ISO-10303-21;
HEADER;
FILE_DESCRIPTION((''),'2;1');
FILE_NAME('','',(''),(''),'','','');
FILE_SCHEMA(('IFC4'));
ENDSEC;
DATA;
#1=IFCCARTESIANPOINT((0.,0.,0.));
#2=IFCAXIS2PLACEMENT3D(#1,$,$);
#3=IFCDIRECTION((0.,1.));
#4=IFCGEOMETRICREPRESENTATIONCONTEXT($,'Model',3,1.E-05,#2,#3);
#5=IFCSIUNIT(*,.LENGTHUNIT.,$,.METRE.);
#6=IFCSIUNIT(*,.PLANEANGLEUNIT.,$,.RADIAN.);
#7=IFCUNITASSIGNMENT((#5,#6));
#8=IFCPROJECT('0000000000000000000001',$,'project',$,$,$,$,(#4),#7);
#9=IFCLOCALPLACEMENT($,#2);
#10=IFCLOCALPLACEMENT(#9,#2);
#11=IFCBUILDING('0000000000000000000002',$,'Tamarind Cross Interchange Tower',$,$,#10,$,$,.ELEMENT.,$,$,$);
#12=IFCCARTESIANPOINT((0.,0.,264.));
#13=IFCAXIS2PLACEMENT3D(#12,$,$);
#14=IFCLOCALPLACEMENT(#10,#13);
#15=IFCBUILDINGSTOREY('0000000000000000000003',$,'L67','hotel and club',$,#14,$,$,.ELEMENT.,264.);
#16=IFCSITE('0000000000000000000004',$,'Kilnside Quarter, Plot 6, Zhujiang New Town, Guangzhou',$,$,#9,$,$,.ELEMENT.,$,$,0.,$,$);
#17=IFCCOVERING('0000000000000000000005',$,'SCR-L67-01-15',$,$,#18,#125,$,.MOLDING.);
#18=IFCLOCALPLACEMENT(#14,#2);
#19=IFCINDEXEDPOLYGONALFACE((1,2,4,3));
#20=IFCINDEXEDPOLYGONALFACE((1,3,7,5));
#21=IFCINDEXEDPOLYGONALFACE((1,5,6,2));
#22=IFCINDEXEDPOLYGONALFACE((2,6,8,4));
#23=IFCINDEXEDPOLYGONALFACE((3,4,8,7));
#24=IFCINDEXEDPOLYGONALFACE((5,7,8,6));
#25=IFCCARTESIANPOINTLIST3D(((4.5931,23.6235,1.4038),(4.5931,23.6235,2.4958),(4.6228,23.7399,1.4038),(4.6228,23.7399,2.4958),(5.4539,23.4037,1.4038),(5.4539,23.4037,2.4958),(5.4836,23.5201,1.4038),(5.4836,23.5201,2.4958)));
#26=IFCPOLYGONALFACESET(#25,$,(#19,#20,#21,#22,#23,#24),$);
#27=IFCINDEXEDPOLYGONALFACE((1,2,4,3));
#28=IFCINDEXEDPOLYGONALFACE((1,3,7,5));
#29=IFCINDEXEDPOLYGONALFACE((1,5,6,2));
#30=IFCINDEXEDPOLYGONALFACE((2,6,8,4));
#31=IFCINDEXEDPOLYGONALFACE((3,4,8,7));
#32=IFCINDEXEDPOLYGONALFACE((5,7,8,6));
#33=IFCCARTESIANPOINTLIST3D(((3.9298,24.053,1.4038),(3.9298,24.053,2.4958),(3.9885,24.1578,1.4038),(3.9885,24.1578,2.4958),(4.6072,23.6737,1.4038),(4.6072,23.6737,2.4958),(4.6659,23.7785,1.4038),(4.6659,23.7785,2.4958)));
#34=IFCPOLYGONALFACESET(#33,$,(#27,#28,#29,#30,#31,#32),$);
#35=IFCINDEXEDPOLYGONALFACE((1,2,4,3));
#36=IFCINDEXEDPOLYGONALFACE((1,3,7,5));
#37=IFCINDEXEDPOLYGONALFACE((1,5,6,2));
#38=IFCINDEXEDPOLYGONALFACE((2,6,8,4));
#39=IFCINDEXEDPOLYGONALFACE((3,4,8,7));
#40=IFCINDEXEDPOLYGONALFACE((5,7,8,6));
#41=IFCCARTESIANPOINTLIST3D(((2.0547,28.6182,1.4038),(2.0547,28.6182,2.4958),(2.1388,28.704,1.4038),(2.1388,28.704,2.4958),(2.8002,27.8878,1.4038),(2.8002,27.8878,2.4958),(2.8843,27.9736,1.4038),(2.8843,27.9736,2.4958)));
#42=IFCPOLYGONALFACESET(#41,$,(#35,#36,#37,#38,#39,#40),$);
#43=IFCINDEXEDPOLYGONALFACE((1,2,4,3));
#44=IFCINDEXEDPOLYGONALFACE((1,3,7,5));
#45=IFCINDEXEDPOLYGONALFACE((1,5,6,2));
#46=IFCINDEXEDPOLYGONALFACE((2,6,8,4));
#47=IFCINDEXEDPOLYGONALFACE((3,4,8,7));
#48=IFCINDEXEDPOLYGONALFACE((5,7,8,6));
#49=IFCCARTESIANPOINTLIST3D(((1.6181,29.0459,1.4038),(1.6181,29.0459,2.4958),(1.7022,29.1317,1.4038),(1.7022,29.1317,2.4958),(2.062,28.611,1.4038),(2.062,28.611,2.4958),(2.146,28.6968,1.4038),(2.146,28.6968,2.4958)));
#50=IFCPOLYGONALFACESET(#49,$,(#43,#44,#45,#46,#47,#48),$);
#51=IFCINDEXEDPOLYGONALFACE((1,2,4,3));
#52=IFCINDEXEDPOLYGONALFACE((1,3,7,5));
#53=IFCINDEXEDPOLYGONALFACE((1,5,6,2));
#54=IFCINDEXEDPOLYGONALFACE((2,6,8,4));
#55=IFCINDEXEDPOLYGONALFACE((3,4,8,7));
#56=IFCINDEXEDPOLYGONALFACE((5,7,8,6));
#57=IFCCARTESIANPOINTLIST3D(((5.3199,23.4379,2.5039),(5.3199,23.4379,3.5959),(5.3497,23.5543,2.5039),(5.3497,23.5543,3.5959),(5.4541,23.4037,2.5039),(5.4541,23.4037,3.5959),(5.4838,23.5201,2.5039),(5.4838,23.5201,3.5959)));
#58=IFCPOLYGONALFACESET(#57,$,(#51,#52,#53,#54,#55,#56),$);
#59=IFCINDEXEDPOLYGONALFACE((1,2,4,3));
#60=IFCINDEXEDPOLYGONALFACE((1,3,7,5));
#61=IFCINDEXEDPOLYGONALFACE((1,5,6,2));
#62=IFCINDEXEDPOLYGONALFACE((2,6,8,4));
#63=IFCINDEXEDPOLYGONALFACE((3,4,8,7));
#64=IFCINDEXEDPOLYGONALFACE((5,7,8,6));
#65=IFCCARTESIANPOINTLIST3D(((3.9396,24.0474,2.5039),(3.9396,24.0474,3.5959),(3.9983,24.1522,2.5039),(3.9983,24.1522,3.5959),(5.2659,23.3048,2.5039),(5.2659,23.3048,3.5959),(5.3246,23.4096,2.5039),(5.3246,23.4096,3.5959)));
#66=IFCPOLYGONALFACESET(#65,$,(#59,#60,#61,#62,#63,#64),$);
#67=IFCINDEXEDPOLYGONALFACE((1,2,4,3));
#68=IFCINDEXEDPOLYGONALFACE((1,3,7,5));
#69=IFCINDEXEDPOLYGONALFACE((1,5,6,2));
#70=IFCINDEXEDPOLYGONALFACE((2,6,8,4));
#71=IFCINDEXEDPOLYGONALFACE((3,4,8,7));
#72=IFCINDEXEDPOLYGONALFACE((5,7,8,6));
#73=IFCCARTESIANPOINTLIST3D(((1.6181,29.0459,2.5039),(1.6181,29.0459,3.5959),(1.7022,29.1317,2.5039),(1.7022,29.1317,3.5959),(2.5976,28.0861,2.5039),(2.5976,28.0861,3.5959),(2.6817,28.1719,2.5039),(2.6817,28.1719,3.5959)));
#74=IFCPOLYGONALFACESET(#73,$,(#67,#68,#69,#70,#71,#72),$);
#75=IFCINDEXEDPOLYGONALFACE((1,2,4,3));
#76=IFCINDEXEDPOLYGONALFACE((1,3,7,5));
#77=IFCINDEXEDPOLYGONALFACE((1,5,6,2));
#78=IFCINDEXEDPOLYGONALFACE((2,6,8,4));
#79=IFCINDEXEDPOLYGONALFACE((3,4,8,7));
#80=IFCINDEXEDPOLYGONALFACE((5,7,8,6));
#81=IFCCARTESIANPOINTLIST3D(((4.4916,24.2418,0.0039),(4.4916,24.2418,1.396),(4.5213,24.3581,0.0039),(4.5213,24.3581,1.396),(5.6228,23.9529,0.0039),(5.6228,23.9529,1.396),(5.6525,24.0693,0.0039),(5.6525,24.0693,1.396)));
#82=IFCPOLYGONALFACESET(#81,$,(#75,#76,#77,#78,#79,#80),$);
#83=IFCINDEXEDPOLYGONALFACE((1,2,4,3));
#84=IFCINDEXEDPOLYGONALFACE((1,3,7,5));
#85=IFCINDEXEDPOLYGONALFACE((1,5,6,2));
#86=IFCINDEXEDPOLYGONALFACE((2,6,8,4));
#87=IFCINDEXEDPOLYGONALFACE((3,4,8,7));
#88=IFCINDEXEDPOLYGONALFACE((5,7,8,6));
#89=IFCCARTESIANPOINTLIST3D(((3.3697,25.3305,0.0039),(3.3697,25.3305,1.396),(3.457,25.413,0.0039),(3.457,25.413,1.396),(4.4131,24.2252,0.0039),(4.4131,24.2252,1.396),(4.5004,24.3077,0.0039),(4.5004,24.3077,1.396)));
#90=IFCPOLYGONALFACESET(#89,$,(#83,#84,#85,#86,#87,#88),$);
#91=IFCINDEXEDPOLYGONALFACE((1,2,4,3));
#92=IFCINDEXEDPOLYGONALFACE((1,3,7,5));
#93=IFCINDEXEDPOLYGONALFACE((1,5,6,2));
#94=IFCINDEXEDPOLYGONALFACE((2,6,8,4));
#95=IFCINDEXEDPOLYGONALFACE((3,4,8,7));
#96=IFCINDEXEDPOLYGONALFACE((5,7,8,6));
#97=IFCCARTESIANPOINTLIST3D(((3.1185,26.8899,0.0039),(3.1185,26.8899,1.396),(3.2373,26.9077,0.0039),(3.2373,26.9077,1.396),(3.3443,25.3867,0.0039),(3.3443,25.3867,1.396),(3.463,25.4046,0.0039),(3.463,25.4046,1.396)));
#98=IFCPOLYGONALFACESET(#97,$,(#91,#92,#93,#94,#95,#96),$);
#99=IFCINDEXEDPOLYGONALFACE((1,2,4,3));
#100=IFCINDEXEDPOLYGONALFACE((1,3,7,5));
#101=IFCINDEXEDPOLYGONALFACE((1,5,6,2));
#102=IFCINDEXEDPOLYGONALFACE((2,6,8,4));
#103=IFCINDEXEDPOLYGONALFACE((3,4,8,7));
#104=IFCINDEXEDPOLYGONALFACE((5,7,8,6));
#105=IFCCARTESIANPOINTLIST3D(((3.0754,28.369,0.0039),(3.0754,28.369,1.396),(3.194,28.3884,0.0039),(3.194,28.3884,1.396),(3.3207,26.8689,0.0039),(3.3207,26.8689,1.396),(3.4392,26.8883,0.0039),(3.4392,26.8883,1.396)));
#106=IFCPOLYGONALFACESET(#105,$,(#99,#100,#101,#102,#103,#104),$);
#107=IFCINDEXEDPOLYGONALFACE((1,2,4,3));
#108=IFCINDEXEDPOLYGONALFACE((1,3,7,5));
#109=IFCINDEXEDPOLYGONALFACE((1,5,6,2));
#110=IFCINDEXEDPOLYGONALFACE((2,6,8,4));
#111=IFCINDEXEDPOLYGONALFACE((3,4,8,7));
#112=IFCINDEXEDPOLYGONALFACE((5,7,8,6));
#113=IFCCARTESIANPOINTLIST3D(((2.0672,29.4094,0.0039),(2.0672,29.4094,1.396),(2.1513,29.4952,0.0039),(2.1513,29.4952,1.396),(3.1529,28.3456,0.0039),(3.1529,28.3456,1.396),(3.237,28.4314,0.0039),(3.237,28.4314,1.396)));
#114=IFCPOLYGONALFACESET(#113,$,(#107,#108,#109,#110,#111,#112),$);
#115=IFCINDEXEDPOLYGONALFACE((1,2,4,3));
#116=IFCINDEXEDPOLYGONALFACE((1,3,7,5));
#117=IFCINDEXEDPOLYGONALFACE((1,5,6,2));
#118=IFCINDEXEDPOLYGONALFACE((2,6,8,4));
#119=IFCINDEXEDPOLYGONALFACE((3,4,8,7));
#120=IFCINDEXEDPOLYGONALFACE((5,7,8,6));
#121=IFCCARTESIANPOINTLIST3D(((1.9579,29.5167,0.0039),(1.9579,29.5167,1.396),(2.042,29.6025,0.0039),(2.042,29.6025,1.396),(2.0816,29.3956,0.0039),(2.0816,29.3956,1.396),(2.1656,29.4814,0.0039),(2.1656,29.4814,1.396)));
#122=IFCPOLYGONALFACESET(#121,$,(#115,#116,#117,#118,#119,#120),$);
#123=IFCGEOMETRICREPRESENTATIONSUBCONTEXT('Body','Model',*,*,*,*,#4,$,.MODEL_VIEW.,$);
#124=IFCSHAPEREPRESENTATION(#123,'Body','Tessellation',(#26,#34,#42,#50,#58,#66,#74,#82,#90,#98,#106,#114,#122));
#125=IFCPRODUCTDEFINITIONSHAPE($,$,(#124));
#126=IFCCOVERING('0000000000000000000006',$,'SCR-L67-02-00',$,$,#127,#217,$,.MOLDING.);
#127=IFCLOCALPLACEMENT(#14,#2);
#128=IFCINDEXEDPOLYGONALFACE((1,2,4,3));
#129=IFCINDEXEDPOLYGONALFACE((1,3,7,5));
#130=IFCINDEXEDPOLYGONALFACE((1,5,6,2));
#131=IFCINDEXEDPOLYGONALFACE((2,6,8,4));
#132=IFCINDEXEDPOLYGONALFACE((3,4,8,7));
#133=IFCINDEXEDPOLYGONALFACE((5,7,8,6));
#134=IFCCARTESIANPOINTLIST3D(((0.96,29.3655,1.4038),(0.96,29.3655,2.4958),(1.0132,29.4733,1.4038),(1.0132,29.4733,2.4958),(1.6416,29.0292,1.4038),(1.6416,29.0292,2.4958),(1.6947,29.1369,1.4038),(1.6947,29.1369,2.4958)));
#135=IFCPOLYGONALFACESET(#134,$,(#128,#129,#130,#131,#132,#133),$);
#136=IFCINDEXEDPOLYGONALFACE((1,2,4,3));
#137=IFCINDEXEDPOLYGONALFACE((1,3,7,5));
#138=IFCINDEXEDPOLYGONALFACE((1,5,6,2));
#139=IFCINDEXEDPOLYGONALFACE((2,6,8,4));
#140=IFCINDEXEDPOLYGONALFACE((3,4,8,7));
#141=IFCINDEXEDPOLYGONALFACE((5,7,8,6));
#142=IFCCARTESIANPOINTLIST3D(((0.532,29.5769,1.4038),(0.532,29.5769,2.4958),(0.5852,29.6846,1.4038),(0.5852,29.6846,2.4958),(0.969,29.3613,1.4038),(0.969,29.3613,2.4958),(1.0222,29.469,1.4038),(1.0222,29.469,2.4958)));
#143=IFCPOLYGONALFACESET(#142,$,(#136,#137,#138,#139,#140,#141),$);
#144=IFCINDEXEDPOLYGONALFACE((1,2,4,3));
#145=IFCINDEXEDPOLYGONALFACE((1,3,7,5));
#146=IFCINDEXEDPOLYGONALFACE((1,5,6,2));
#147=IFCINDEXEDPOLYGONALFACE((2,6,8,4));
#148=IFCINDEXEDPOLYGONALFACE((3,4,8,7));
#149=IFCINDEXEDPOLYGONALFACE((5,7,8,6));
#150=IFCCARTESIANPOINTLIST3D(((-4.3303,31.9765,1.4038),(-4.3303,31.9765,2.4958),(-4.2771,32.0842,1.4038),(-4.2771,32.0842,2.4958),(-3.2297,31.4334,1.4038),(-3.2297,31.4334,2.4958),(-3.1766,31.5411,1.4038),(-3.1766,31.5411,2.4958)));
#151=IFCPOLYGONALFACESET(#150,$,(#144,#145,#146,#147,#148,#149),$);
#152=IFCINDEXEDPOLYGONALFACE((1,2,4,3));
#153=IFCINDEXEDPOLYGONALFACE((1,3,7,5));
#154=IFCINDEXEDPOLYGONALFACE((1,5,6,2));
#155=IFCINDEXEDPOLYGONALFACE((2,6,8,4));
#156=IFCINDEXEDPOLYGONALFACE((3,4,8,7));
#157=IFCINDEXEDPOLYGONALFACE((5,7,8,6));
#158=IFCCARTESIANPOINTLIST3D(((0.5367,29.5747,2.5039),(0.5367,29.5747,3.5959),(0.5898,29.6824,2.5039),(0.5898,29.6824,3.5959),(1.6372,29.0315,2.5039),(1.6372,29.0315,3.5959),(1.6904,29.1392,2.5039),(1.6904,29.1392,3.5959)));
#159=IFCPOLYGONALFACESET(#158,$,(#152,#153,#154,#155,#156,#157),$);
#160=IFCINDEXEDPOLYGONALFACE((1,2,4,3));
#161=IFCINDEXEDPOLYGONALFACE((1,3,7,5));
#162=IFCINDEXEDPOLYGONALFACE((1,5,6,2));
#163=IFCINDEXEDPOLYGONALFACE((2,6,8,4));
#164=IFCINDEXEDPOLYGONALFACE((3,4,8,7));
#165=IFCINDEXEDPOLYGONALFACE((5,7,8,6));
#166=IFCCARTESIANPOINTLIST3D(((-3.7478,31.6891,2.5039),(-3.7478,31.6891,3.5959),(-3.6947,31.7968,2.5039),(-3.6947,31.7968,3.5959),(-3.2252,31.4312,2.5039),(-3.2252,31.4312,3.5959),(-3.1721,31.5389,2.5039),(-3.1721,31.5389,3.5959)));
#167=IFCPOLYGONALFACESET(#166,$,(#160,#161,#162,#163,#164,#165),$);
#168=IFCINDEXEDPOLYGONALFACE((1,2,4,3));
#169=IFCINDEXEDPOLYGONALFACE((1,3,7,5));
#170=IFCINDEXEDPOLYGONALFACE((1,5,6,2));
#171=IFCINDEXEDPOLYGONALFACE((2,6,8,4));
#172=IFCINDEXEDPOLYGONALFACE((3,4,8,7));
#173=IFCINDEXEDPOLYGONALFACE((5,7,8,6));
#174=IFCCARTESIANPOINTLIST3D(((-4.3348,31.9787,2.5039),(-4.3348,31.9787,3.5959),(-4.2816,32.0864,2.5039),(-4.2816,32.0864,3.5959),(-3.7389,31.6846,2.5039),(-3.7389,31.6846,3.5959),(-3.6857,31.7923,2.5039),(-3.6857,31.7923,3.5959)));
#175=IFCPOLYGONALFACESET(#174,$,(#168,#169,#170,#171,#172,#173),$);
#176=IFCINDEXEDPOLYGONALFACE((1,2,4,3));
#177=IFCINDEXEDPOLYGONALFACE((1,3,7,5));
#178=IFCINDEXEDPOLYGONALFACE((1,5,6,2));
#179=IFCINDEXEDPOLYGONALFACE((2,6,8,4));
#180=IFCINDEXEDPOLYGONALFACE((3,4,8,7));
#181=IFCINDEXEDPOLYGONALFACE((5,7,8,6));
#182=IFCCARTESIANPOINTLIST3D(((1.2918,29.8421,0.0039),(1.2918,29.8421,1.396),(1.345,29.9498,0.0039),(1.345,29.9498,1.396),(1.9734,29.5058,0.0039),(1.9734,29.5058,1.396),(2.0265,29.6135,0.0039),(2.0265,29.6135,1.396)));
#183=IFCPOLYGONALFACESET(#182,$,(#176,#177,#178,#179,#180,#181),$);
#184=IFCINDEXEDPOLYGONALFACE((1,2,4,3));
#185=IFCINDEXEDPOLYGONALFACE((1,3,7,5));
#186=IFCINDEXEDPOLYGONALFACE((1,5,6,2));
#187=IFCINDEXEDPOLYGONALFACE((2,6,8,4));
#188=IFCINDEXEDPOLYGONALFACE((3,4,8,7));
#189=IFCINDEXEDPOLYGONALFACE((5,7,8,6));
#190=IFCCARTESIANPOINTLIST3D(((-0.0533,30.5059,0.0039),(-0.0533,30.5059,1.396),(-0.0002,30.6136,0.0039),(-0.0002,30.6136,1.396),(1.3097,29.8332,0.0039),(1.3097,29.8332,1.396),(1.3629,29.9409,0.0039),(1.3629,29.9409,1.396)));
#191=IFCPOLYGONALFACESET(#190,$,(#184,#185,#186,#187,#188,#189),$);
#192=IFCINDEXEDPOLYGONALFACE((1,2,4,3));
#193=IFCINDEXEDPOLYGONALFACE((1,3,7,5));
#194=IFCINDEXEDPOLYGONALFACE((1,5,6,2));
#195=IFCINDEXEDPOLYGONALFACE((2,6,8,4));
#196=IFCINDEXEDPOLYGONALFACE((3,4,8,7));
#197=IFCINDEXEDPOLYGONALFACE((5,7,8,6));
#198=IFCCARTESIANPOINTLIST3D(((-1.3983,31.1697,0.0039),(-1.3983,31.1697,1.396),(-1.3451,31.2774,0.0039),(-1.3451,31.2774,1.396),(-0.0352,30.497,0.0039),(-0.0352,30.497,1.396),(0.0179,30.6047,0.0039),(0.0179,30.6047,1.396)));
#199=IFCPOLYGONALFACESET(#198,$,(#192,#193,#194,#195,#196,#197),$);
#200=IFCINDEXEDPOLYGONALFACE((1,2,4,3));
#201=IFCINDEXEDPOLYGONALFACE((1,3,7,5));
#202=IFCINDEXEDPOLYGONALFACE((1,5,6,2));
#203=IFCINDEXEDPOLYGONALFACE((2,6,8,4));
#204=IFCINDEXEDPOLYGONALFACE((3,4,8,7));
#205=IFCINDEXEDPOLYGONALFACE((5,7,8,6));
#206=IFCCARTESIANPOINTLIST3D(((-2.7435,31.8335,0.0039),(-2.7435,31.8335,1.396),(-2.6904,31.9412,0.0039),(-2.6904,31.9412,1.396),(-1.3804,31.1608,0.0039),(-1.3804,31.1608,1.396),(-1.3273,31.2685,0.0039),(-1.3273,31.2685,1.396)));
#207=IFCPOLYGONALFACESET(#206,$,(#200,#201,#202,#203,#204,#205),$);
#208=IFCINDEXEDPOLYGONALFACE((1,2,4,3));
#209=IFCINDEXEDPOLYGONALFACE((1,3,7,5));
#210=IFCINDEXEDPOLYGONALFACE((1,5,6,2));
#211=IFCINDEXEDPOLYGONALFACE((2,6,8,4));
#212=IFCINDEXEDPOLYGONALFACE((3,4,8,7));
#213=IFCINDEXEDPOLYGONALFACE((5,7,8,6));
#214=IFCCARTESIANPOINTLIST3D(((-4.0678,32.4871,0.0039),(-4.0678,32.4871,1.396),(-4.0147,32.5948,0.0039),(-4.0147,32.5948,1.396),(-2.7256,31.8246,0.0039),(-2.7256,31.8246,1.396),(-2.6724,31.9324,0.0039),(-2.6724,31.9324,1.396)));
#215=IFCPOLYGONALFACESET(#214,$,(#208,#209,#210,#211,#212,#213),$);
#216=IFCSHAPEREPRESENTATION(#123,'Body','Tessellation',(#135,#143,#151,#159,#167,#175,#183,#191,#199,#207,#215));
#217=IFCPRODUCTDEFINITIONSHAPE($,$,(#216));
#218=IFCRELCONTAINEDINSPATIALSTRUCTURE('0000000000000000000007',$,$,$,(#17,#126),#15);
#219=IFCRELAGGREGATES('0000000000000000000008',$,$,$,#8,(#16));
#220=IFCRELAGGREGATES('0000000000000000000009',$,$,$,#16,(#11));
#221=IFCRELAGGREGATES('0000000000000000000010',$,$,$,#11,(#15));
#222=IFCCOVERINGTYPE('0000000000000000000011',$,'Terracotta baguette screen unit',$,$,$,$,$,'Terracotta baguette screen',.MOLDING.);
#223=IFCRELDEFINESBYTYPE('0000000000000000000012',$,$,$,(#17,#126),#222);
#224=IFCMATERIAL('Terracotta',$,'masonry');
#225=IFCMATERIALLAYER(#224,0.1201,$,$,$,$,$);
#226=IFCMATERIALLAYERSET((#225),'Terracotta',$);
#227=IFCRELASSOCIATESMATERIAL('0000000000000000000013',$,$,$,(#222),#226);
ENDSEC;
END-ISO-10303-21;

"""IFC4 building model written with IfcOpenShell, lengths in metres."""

from ifc_helpers import new_model, si_unit, direction, frame, origin, origin_2d, place, context, subcontext, project, spatial, rectangle, extrude, material, layer, layer_set, type_object, element, save


model = new_model("IFC4")

# Units and contexts
model_context = context("Model", 3, precision=1e-05, world=origin(), true_north=direction((0.0, 1.0)))
body_context = subcontext(model_context, "Body", "Model", "MODEL_VIEW")
ifc_project = project(units=[si_unit("LENGTHUNIT", "METRE"), si_unit("PLANEANGLEUNIT", "RADIAN")], contexts=[model_context])

# Site, building, storey
site_placement = place(None, origin())
site = spatial("IfcSite", under=ifc_project, at=site_placement, Name="Kilnside Quarter, Plot 6, Zhujiang New Town, Guangzhou", CompositionType="ELEMENT", RefElevation=0.0)
building_placement = place(site_placement, origin())
building = spatial("IfcBuilding", under=site, at=building_placement, Name="Tamarind Cross Interchange Tower", CompositionType="ELEMENT")
storey_placement = place(building_placement, frame((0.0, 0.0, 264.0)))
storey = spatial("IfcBuildingStorey", under=building, at=storey_placement, Name="L67", Description="hotel and club", CompositionType="ELEMENT", Elevation=264.0)

# Coverings
ifc_material_1 = material(Name="Terracotta", Category="masonry")
ifc_layer_1 = layer(ifc_material_1, 0.1201)
ifc_layer_set_1 = layer_set([ifc_layer_1], Name="Terracotta")
covering_type = type_object("IfcCoveringType", Name="Terracotta baguette screen unit", ElementType="Terracotta baguette screen", PredefinedType="MOLDING", material=ifc_layer_set_1)
covering_1_placement = place(storey_placement, origin())
element("IfcCovering", 1, at=covering_1_placement, inside=storey, type_object=covering_type, Name="SCR-L67-01-15", PredefinedType="MOLDING", context=body_context, shape_type="SweptSolid", body=[
    extrude(rectangle(XDim=0.8884, YDim=0.1201, at=origin_2d()), frame((5.0383, 23.5718, 1.4038), z_axis=(0.0, 0.0, 1.0), x_axis=(-0.968905, 0.247431, 0.0)), (0.0, 0.0, 1.0), 1.092),
    extrude(rectangle(XDim=0.7764, YDim=0.1201, at=origin_2d()), frame((4.2979, 23.9158, 1.4038), z_axis=(0.0, 0.0, 1.0), x_axis=(-0.872528, 0.488565, 0.0)), (0.0, 0.0, 1.0), 1.092),
    extrude(rectangle(XDim=1.0437, YDim=0.1201, at=origin_2d()), frame((2.4695, 28.2959, 1.4038), z_axis=(0.0, 0.0, 1.0), x_axis=(-0.714275, 0.699865, 0.0)), (0.0, 0.0, 1.0), 1.092),
    extrude(rectangle(XDim=0.6213, YDim=0.1201, at=origin_2d()), frame((1.8821, 28.8713, 1.4038), z_axis=(0.0, 0.0, 1.0), x_axis=(-0.714275, 0.699865, 0.0)), (0.0, 0.0, 1.0), 1.092),
    extrude(rectangle(XDim=0.1384, YDim=0.1201, at=origin_2d()), frame((5.4019, 23.479, 2.5039), z_axis=(0.0, 0.0, 1.0), x_axis=(-0.968905, 0.247431, 0.0)), (0.0, 0.0, 1.0), 1.092),
    extrude(rectangle(XDim=1.52, YDim=0.1201, at=origin_2d()), frame((4.6321, 23.7285, 2.5039), z_axis=(0.0, 0.0, 1.0), x_axis=(-0.872528, 0.488565, 0.0)), (0.0, 0.0, 1.0), 1.092),
    extrude(rectangle(XDim=1.3713, YDim=0.1201, at=origin_2d()), frame((2.1499, 28.6089, 2.5039), z_axis=(0.0, 0.0, 1.0), x_axis=(-0.714275, 0.699865, 0.0)), (0.0, 0.0, 1.0), 1.092),
    extrude(rectangle(XDim=1.1675, YDim=0.1201, at=origin_2d()), frame((5.072, 24.1555, 0.0039), z_axis=(0.0, 0.0, 1.0), x_axis=(-0.968905, 0.247431, 0.0)), (0.0, 0.0, 1.0), 1.3921),
    extrude(rectangle(XDim=1.52, YDim=0.1201, at=origin_2d()), frame((3.9351, 24.8191, 0.0039), z_axis=(0.0, 0.0, 1.0), x_axis=(-0.686447, 0.72718, 0.0)), (0.0, 0.0, 1.0), 1.3921),
    extrude(rectangle(XDim=1.52, YDim=0.1201, at=origin_2d()), frame((3.2908, 26.1472, 0.0039), z_axis=(0.0, 0.0, 1.0), x_axis=(-0.14852, 0.988909, 0.0)), (0.0, 0.0, 1.0), 1.3921),
    extrude(rectangle(XDim=1.52, YDim=0.1201, at=origin_2d()), frame((3.2573, 27.6287, 0.0039), z_axis=(0.0, 0.0, 1.0), x_axis=(-0.161362, 0.986895, 0.0)), (0.0, 0.0, 1.0), 1.3921),
    extrude(rectangle(XDim=1.52, YDim=0.1201, at=origin_2d()), frame((2.6521, 28.9204, 0.0039), z_axis=(0.0, 0.0, 1.0), x_axis=(-0.714275, 0.699865, 0.0)), (0.0, 0.0, 1.0), 1.3921),
    extrude(rectangle(XDim=0.1731, YDim=0.1201, at=origin_2d()), frame((2.0618, 29.499, 0.0039), z_axis=(0.0, 0.0, 1.0), x_axis=(-0.714275, 0.699865, 0.0)), (0.0, 0.0, 1.0), 1.3921),
])
covering_2_placement = place(storey_placement, origin())
element("IfcCovering", 2, at=covering_2_placement, inside=storey, type_object=covering_type, Name="SCR-L67-02-00", PredefinedType="MOLDING", context=body_context, shape_type="SweptSolid", body=[
    extrude(rectangle(XDim=0.76, YDim=0.1201, at=origin_2d()), frame((1.3274, 29.2512, 1.4038), z_axis=(0.0, 0.0, 1.0), x_axis=(-0.89674, 0.442558, 0.0)), (0.0, 0.0, 1.0), 1.092),
    extrude(rectangle(XDim=0.4873, YDim=0.1201, at=origin_2d()), frame((0.7771, 29.5229, 1.4038), z_axis=(0.0, 0.0, 1.0), x_axis=(-0.89674, 0.442558, 0.0)), (0.0, 0.0, 1.0), 1.092),
    extrude(rectangle(XDim=1.2273, YDim=0.1201, at=origin_2d()), frame((-3.7534, 31.7588, 1.4038), z_axis=(0.0, 0.0, 1.0), x_axis=(-0.89674, 0.442558, 0.0)), (0.0, 0.0, 1.0), 1.092),
    extrude(rectangle(XDim=1.2273, YDim=0.1201, at=origin_2d()), frame((1.1135, 29.3569, 2.5039), z_axis=(0.0, 0.0, 1.0), x_axis=(-0.89674, 0.442558, 0.0)), (0.0, 0.0, 1.0), 1.092),
    extrude(rectangle(XDim=0.5828, YDim=0.1201, at=origin_2d()), frame((-3.46, 31.614, 2.5039), z_axis=(0.0, 0.0, 1.0), x_axis=(-0.89674, 0.442558, 0.0)), (0.0, 0.0, 1.0), 1.092),
    extrude(rectangle(XDim=0.6646, YDim=0.1201, at=origin_2d()), frame((-4.0103, 31.8855, 2.5039), z_axis=(0.0, 0.0, 1.0), x_axis=(-0.89674, 0.442558, 0.0)), (0.0, 0.0, 1.0), 1.092),
    extrude(rectangle(XDim=0.76, YDim=0.1201, at=origin_2d()), frame((1.6592, 29.7278, 0.0039), z_axis=(0.0, 0.0, 1.0), x_axis=(-0.89674, 0.442558, 0.0)), (0.0, 0.0, 1.0), 1.3921),
    extrude(rectangle(XDim=1.52, YDim=0.1201, at=origin_2d()), frame((0.6548, 30.2234, 0.0039), z_axis=(0.0, 0.0, 1.0), x_axis=(-0.89674, 0.442558, 0.0)), (0.0, 0.0, 1.0), 1.3921),
    extrude(rectangle(XDim=1.52, YDim=0.1201, at=origin_2d()), frame((-0.6902, 30.8872, 0.0039), z_axis=(0.0, 0.0, 1.0), x_axis=(-0.89674, 0.442558, 0.0)), (0.0, 0.0, 1.0), 1.3921),
    extrude(rectangle(XDim=1.52, YDim=0.1201, at=origin_2d()), frame((-2.0354, 31.551, 0.0039), z_axis=(0.0, 0.0, 1.0), x_axis=(-0.89674, 0.442558, 0.0)), (0.0, 0.0, 1.0), 1.3921),
    extrude(rectangle(XDim=1.4968, YDim=0.1201, at=origin_2d()), frame((-3.3701, 32.2097, 0.0039), z_axis=(0.0, 0.0, 1.0), x_axis=(-0.89674, 0.442558, 0.0)), (0.0, 0.0, 1.0), 1.3921),
])

save(model, "model.ifc")
